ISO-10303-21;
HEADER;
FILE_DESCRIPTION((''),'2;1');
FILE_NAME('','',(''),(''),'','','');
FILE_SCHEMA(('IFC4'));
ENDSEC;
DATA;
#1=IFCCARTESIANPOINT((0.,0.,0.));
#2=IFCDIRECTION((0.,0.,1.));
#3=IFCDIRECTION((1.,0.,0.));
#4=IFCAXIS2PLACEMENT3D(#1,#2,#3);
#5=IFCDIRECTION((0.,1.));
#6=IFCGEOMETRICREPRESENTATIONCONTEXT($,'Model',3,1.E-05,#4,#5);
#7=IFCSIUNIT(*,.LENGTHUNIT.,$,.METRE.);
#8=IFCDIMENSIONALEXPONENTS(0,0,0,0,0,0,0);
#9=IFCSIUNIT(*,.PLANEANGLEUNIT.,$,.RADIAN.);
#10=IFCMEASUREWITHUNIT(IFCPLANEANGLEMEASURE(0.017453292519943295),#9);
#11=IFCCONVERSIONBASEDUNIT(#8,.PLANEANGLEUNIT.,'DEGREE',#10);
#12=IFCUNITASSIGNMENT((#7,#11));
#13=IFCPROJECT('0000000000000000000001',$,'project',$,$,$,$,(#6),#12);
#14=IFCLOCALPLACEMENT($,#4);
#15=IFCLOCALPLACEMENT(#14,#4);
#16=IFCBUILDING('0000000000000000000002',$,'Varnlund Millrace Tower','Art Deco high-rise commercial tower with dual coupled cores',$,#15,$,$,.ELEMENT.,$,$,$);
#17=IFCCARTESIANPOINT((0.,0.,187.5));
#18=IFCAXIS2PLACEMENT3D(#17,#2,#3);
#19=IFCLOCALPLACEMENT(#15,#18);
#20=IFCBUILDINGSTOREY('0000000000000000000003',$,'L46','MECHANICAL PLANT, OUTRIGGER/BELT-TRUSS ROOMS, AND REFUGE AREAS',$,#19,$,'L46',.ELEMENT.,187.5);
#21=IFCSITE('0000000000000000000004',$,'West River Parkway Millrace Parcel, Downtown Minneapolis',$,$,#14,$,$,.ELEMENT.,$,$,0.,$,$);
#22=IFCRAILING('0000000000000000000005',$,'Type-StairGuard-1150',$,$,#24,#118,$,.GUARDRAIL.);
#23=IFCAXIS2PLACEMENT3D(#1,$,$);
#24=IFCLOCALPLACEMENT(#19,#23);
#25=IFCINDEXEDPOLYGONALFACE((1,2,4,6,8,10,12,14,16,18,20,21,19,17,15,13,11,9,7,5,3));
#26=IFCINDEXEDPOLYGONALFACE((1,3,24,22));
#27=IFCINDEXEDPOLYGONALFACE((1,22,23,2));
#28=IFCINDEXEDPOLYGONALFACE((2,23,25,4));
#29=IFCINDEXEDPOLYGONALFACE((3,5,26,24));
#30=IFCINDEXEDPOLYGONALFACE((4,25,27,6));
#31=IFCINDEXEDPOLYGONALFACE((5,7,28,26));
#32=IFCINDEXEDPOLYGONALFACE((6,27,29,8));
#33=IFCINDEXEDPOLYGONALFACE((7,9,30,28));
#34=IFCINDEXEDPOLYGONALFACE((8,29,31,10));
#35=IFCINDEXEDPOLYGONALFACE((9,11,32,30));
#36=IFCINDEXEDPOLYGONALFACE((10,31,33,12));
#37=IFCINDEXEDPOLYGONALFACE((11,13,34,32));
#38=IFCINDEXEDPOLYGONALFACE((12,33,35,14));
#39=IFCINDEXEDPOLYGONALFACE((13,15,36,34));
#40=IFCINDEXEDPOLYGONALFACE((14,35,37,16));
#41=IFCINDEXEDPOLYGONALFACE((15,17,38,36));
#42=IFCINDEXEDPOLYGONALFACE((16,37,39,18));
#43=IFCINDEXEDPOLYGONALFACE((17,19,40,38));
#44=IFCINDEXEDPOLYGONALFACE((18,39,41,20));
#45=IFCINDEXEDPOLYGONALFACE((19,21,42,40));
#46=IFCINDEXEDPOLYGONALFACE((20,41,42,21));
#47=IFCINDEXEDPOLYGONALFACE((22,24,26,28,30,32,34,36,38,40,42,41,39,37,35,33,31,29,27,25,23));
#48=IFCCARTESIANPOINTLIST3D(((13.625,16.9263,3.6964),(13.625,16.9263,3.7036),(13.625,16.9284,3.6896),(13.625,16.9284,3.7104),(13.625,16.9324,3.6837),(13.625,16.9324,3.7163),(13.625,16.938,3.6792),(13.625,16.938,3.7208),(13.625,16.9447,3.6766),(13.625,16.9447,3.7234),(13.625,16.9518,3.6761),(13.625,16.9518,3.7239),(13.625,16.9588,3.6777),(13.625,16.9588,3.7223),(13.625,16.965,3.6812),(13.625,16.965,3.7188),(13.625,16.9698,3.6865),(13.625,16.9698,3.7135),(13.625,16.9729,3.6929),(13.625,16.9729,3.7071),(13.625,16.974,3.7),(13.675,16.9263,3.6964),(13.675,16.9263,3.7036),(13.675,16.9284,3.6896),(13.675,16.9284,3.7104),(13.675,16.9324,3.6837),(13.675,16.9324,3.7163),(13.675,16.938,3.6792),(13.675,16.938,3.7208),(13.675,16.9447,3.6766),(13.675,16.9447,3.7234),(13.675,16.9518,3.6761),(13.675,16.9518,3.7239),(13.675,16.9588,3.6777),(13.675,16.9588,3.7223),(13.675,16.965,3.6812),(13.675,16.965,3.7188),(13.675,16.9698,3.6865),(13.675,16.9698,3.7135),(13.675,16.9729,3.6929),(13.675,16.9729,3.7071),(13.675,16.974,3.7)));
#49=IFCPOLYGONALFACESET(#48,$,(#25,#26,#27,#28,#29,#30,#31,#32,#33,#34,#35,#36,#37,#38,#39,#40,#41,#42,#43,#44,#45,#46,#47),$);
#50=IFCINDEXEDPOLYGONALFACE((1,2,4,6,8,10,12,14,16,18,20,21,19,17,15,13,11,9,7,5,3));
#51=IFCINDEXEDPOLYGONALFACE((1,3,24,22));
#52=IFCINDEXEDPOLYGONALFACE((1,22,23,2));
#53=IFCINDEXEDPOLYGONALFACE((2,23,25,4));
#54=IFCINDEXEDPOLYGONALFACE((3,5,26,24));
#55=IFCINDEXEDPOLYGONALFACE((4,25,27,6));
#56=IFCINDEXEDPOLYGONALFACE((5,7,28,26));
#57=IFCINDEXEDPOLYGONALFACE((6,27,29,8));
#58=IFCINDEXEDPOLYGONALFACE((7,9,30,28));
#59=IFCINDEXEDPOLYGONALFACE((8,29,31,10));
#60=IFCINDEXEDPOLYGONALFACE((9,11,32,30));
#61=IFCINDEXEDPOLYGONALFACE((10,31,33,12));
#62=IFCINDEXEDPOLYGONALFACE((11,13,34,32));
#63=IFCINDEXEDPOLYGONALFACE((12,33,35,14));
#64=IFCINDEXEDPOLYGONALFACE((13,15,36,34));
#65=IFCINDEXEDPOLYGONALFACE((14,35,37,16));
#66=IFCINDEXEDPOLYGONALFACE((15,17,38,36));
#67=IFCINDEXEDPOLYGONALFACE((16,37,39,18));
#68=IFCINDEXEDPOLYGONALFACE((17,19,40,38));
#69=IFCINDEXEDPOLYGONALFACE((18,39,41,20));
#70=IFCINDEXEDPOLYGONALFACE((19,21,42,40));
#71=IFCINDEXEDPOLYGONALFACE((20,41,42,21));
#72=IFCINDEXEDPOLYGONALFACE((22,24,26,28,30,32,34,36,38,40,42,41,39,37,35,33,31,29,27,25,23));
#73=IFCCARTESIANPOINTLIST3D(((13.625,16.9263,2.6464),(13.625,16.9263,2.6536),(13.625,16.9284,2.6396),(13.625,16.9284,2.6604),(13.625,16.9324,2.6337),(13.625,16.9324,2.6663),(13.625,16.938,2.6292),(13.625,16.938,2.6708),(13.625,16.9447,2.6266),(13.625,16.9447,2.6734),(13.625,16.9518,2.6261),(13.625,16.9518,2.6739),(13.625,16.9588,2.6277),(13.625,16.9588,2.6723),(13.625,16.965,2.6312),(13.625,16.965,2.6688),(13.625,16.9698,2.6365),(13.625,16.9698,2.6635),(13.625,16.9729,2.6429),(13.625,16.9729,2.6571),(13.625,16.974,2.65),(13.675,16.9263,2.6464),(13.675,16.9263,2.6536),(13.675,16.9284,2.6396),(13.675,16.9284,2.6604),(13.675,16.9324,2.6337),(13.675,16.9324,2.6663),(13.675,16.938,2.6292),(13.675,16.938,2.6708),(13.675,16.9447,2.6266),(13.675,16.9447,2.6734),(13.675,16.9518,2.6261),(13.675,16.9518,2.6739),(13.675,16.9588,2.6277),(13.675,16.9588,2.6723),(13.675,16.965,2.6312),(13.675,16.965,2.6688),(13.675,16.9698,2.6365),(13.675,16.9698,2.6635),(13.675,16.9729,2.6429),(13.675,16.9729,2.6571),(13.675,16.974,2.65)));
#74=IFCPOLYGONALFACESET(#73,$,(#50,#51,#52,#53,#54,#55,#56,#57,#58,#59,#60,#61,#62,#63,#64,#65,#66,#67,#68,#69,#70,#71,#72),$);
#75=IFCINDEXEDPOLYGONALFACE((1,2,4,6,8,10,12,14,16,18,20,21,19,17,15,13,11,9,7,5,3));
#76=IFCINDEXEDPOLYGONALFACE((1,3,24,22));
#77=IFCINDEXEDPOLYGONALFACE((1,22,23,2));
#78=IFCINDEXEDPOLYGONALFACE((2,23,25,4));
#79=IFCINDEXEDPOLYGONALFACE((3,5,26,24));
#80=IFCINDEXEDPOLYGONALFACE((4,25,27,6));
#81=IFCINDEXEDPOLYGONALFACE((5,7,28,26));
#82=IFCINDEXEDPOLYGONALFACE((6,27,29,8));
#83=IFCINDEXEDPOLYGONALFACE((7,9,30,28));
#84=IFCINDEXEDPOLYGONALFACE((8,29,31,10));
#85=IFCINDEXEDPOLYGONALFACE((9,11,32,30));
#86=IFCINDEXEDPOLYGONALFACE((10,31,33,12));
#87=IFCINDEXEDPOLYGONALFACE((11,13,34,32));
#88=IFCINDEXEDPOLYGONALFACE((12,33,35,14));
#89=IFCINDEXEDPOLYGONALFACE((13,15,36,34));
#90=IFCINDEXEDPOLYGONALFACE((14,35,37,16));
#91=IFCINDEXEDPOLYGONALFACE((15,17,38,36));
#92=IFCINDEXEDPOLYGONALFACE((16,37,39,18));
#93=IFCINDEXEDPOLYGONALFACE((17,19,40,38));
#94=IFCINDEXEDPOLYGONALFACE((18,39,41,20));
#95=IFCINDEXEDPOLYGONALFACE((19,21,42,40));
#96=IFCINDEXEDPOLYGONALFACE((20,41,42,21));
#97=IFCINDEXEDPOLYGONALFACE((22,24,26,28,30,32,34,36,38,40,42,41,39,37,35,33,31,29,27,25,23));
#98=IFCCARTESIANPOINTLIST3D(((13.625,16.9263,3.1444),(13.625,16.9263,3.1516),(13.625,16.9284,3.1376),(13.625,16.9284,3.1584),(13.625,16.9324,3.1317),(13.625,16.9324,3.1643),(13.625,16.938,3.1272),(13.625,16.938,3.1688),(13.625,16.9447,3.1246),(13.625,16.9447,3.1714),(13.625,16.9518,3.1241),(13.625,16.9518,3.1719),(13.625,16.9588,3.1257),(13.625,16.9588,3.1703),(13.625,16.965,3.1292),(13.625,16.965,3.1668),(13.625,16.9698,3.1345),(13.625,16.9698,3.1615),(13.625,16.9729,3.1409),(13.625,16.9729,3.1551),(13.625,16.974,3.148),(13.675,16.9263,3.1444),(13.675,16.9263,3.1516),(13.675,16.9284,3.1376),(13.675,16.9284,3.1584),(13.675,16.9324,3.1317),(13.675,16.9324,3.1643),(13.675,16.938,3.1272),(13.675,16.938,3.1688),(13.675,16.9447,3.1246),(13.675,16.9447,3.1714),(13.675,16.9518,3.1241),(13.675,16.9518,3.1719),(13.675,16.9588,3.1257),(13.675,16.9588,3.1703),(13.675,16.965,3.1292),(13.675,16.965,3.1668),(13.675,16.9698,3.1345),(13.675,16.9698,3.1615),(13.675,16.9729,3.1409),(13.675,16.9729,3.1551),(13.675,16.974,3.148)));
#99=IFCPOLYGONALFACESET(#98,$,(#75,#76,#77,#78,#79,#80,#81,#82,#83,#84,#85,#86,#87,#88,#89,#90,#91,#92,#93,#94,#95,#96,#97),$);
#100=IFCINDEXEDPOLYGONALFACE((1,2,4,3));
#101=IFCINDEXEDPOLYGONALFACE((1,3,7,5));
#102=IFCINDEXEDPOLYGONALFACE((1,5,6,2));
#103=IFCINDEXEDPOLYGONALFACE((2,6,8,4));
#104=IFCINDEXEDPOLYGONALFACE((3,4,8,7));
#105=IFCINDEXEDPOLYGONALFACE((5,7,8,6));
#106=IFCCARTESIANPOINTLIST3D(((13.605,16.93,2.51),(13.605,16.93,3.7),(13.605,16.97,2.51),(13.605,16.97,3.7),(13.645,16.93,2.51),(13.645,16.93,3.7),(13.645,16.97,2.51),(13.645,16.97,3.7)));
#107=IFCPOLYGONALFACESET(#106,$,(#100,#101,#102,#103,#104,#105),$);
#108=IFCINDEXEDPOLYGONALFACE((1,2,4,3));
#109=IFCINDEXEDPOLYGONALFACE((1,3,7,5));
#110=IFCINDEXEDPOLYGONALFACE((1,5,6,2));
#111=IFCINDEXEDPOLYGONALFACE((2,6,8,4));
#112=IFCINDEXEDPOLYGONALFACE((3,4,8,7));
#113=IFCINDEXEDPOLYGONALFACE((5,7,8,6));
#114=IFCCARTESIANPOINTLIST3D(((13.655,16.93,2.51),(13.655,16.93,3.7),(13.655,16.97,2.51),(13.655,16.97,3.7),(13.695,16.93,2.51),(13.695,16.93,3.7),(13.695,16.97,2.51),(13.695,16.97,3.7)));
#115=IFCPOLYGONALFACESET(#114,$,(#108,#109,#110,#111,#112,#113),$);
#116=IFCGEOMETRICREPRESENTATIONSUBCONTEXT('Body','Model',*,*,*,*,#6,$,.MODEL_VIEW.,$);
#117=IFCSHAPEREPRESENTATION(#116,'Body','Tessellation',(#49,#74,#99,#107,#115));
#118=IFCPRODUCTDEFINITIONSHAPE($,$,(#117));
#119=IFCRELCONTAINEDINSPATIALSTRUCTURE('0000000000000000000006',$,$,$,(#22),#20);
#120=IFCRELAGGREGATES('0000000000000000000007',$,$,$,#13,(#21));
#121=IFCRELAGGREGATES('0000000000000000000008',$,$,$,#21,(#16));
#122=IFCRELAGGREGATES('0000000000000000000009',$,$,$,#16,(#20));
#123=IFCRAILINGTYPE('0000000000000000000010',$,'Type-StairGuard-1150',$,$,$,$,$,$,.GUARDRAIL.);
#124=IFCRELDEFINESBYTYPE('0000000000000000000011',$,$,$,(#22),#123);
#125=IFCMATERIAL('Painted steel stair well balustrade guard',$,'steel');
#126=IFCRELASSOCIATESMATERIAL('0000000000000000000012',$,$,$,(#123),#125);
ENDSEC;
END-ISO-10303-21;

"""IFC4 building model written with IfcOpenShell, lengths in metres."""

from ifc_helpers import new_model, entity, si_unit, converted_unit, direction, frame, origin_with_axes, origin_2d_with_axis, place, context, subcontext, project, spatial, rectangle, circle, extrude, material, type_object, element, save


model = new_model("IFC4")

# Units and contexts
model_context = context("Model", 3, precision=1e-05, world=origin_with_axes(), true_north=direction((0.0, 1.0)))
body_context = subcontext(model_context, "Body", "Model", "MODEL_VIEW")
ifc_project = project(units=[si_unit("LENGTHUNIT", "METRE"), converted_unit("PLANEANGLEUNIT", "DEGREE", entity("IfcPlaneAngleMeasure", 0.017453292519943295), si_unit("PLANEANGLEUNIT", "RADIAN"), dimensions=[0, 0, 0, 0, 0, 0, 0])], contexts=[model_context])

# Site, building, storey
site_placement = place(None, origin_with_axes())
site = spatial("IfcSite", under=ifc_project, at=site_placement, Name="West River Parkway Millrace Parcel, Downtown Minneapolis", CompositionType="ELEMENT", RefElevation=0.0)
building_placement = place(site_placement, origin_with_axes())
building = spatial("IfcBuilding", under=site, at=building_placement, Name="Varnlund Millrace Tower", Description="Art Deco high-rise commercial tower with dual coupled cores", CompositionType="ELEMENT")
storey_placement = place(building_placement, frame((0.0, 0.0, 187.5), z_axis=(0.0, 0.0, 1.0), x_axis=(1.0, 0.0, 0.0)))
storey = spatial("IfcBuildingStorey", under=building, at=storey_placement, Name="L46", Description="MECHANICAL PLANT, OUTRIGGER/BELT-TRUSS ROOMS, AND REFUGE AREAS", LongName="L46", CompositionType="ELEMENT", Elevation=187.5)

# Railing
ifc_material_1 = material(Name="Painted steel stair well balustrade guard", Category="steel")
railing_type_1 = type_object("IfcRailingType", Name="Type-StairGuard-1150", PredefinedType="GUARDRAIL", material=ifc_material_1)
railing_1_placement = place(storey_placement, frame((0.0, 0.0, -187.5), z_axis=(0.0, 0.0, 1.0), x_axis=(1.0, 0.0, 0.0)))
element("IfcRailing", 1, at=railing_1_placement, inside=storey, type_object=railing_type_1, Name="Type-StairGuard-1150", PredefinedType="GUARDRAIL", context=body_context, shape_type="SweptSolid", body=[
    extrude(circle(Radius=0.024, at=origin_2d_with_axis()), frame((13.625, 16.95, 191.2), z_axis=(1.0, 0.0, 0.0), x_axis=(0.0, 1.0, 0.0)), (0.0, 0.0, 1.0), 0.05),
    extrude(circle(Radius=0.024, at=origin_2d_with_axis()), frame((13.625, 16.95, 190.15), z_axis=(1.0, 0.0, 0.0), x_axis=(0.0, 1.0, 0.0)), (0.0, 0.0, 1.0), 0.05),
    extrude(circle(Radius=0.024, at=origin_2d_with_axis()), frame((13.625, 16.95, 190.648), z_axis=(1.0, 0.0, 0.0), x_axis=(0.0, 1.0, 0.0)), (0.0, 0.0, 1.0), 0.05),
    extrude(rectangle(XDim=0.04, YDim=0.04, at=origin_2d_with_axis()), frame((13.625, 16.95, 190.01), z_axis=(0.0, 0.0, 1.0), x_axis=(1.0, 0.0, 0.0)), (0.0, 0.0, 1.0), 1.19),
    extrude(rectangle(XDim=0.04, YDim=0.04, at=origin_2d_with_axis()), frame((13.675, 16.95, 190.01), z_axis=(0.0, 0.0, 1.0), x_axis=(1.0, 0.0, 0.0)), (0.0, 0.0, 1.0), 1.19),
])

save(model, "model.ifc")
